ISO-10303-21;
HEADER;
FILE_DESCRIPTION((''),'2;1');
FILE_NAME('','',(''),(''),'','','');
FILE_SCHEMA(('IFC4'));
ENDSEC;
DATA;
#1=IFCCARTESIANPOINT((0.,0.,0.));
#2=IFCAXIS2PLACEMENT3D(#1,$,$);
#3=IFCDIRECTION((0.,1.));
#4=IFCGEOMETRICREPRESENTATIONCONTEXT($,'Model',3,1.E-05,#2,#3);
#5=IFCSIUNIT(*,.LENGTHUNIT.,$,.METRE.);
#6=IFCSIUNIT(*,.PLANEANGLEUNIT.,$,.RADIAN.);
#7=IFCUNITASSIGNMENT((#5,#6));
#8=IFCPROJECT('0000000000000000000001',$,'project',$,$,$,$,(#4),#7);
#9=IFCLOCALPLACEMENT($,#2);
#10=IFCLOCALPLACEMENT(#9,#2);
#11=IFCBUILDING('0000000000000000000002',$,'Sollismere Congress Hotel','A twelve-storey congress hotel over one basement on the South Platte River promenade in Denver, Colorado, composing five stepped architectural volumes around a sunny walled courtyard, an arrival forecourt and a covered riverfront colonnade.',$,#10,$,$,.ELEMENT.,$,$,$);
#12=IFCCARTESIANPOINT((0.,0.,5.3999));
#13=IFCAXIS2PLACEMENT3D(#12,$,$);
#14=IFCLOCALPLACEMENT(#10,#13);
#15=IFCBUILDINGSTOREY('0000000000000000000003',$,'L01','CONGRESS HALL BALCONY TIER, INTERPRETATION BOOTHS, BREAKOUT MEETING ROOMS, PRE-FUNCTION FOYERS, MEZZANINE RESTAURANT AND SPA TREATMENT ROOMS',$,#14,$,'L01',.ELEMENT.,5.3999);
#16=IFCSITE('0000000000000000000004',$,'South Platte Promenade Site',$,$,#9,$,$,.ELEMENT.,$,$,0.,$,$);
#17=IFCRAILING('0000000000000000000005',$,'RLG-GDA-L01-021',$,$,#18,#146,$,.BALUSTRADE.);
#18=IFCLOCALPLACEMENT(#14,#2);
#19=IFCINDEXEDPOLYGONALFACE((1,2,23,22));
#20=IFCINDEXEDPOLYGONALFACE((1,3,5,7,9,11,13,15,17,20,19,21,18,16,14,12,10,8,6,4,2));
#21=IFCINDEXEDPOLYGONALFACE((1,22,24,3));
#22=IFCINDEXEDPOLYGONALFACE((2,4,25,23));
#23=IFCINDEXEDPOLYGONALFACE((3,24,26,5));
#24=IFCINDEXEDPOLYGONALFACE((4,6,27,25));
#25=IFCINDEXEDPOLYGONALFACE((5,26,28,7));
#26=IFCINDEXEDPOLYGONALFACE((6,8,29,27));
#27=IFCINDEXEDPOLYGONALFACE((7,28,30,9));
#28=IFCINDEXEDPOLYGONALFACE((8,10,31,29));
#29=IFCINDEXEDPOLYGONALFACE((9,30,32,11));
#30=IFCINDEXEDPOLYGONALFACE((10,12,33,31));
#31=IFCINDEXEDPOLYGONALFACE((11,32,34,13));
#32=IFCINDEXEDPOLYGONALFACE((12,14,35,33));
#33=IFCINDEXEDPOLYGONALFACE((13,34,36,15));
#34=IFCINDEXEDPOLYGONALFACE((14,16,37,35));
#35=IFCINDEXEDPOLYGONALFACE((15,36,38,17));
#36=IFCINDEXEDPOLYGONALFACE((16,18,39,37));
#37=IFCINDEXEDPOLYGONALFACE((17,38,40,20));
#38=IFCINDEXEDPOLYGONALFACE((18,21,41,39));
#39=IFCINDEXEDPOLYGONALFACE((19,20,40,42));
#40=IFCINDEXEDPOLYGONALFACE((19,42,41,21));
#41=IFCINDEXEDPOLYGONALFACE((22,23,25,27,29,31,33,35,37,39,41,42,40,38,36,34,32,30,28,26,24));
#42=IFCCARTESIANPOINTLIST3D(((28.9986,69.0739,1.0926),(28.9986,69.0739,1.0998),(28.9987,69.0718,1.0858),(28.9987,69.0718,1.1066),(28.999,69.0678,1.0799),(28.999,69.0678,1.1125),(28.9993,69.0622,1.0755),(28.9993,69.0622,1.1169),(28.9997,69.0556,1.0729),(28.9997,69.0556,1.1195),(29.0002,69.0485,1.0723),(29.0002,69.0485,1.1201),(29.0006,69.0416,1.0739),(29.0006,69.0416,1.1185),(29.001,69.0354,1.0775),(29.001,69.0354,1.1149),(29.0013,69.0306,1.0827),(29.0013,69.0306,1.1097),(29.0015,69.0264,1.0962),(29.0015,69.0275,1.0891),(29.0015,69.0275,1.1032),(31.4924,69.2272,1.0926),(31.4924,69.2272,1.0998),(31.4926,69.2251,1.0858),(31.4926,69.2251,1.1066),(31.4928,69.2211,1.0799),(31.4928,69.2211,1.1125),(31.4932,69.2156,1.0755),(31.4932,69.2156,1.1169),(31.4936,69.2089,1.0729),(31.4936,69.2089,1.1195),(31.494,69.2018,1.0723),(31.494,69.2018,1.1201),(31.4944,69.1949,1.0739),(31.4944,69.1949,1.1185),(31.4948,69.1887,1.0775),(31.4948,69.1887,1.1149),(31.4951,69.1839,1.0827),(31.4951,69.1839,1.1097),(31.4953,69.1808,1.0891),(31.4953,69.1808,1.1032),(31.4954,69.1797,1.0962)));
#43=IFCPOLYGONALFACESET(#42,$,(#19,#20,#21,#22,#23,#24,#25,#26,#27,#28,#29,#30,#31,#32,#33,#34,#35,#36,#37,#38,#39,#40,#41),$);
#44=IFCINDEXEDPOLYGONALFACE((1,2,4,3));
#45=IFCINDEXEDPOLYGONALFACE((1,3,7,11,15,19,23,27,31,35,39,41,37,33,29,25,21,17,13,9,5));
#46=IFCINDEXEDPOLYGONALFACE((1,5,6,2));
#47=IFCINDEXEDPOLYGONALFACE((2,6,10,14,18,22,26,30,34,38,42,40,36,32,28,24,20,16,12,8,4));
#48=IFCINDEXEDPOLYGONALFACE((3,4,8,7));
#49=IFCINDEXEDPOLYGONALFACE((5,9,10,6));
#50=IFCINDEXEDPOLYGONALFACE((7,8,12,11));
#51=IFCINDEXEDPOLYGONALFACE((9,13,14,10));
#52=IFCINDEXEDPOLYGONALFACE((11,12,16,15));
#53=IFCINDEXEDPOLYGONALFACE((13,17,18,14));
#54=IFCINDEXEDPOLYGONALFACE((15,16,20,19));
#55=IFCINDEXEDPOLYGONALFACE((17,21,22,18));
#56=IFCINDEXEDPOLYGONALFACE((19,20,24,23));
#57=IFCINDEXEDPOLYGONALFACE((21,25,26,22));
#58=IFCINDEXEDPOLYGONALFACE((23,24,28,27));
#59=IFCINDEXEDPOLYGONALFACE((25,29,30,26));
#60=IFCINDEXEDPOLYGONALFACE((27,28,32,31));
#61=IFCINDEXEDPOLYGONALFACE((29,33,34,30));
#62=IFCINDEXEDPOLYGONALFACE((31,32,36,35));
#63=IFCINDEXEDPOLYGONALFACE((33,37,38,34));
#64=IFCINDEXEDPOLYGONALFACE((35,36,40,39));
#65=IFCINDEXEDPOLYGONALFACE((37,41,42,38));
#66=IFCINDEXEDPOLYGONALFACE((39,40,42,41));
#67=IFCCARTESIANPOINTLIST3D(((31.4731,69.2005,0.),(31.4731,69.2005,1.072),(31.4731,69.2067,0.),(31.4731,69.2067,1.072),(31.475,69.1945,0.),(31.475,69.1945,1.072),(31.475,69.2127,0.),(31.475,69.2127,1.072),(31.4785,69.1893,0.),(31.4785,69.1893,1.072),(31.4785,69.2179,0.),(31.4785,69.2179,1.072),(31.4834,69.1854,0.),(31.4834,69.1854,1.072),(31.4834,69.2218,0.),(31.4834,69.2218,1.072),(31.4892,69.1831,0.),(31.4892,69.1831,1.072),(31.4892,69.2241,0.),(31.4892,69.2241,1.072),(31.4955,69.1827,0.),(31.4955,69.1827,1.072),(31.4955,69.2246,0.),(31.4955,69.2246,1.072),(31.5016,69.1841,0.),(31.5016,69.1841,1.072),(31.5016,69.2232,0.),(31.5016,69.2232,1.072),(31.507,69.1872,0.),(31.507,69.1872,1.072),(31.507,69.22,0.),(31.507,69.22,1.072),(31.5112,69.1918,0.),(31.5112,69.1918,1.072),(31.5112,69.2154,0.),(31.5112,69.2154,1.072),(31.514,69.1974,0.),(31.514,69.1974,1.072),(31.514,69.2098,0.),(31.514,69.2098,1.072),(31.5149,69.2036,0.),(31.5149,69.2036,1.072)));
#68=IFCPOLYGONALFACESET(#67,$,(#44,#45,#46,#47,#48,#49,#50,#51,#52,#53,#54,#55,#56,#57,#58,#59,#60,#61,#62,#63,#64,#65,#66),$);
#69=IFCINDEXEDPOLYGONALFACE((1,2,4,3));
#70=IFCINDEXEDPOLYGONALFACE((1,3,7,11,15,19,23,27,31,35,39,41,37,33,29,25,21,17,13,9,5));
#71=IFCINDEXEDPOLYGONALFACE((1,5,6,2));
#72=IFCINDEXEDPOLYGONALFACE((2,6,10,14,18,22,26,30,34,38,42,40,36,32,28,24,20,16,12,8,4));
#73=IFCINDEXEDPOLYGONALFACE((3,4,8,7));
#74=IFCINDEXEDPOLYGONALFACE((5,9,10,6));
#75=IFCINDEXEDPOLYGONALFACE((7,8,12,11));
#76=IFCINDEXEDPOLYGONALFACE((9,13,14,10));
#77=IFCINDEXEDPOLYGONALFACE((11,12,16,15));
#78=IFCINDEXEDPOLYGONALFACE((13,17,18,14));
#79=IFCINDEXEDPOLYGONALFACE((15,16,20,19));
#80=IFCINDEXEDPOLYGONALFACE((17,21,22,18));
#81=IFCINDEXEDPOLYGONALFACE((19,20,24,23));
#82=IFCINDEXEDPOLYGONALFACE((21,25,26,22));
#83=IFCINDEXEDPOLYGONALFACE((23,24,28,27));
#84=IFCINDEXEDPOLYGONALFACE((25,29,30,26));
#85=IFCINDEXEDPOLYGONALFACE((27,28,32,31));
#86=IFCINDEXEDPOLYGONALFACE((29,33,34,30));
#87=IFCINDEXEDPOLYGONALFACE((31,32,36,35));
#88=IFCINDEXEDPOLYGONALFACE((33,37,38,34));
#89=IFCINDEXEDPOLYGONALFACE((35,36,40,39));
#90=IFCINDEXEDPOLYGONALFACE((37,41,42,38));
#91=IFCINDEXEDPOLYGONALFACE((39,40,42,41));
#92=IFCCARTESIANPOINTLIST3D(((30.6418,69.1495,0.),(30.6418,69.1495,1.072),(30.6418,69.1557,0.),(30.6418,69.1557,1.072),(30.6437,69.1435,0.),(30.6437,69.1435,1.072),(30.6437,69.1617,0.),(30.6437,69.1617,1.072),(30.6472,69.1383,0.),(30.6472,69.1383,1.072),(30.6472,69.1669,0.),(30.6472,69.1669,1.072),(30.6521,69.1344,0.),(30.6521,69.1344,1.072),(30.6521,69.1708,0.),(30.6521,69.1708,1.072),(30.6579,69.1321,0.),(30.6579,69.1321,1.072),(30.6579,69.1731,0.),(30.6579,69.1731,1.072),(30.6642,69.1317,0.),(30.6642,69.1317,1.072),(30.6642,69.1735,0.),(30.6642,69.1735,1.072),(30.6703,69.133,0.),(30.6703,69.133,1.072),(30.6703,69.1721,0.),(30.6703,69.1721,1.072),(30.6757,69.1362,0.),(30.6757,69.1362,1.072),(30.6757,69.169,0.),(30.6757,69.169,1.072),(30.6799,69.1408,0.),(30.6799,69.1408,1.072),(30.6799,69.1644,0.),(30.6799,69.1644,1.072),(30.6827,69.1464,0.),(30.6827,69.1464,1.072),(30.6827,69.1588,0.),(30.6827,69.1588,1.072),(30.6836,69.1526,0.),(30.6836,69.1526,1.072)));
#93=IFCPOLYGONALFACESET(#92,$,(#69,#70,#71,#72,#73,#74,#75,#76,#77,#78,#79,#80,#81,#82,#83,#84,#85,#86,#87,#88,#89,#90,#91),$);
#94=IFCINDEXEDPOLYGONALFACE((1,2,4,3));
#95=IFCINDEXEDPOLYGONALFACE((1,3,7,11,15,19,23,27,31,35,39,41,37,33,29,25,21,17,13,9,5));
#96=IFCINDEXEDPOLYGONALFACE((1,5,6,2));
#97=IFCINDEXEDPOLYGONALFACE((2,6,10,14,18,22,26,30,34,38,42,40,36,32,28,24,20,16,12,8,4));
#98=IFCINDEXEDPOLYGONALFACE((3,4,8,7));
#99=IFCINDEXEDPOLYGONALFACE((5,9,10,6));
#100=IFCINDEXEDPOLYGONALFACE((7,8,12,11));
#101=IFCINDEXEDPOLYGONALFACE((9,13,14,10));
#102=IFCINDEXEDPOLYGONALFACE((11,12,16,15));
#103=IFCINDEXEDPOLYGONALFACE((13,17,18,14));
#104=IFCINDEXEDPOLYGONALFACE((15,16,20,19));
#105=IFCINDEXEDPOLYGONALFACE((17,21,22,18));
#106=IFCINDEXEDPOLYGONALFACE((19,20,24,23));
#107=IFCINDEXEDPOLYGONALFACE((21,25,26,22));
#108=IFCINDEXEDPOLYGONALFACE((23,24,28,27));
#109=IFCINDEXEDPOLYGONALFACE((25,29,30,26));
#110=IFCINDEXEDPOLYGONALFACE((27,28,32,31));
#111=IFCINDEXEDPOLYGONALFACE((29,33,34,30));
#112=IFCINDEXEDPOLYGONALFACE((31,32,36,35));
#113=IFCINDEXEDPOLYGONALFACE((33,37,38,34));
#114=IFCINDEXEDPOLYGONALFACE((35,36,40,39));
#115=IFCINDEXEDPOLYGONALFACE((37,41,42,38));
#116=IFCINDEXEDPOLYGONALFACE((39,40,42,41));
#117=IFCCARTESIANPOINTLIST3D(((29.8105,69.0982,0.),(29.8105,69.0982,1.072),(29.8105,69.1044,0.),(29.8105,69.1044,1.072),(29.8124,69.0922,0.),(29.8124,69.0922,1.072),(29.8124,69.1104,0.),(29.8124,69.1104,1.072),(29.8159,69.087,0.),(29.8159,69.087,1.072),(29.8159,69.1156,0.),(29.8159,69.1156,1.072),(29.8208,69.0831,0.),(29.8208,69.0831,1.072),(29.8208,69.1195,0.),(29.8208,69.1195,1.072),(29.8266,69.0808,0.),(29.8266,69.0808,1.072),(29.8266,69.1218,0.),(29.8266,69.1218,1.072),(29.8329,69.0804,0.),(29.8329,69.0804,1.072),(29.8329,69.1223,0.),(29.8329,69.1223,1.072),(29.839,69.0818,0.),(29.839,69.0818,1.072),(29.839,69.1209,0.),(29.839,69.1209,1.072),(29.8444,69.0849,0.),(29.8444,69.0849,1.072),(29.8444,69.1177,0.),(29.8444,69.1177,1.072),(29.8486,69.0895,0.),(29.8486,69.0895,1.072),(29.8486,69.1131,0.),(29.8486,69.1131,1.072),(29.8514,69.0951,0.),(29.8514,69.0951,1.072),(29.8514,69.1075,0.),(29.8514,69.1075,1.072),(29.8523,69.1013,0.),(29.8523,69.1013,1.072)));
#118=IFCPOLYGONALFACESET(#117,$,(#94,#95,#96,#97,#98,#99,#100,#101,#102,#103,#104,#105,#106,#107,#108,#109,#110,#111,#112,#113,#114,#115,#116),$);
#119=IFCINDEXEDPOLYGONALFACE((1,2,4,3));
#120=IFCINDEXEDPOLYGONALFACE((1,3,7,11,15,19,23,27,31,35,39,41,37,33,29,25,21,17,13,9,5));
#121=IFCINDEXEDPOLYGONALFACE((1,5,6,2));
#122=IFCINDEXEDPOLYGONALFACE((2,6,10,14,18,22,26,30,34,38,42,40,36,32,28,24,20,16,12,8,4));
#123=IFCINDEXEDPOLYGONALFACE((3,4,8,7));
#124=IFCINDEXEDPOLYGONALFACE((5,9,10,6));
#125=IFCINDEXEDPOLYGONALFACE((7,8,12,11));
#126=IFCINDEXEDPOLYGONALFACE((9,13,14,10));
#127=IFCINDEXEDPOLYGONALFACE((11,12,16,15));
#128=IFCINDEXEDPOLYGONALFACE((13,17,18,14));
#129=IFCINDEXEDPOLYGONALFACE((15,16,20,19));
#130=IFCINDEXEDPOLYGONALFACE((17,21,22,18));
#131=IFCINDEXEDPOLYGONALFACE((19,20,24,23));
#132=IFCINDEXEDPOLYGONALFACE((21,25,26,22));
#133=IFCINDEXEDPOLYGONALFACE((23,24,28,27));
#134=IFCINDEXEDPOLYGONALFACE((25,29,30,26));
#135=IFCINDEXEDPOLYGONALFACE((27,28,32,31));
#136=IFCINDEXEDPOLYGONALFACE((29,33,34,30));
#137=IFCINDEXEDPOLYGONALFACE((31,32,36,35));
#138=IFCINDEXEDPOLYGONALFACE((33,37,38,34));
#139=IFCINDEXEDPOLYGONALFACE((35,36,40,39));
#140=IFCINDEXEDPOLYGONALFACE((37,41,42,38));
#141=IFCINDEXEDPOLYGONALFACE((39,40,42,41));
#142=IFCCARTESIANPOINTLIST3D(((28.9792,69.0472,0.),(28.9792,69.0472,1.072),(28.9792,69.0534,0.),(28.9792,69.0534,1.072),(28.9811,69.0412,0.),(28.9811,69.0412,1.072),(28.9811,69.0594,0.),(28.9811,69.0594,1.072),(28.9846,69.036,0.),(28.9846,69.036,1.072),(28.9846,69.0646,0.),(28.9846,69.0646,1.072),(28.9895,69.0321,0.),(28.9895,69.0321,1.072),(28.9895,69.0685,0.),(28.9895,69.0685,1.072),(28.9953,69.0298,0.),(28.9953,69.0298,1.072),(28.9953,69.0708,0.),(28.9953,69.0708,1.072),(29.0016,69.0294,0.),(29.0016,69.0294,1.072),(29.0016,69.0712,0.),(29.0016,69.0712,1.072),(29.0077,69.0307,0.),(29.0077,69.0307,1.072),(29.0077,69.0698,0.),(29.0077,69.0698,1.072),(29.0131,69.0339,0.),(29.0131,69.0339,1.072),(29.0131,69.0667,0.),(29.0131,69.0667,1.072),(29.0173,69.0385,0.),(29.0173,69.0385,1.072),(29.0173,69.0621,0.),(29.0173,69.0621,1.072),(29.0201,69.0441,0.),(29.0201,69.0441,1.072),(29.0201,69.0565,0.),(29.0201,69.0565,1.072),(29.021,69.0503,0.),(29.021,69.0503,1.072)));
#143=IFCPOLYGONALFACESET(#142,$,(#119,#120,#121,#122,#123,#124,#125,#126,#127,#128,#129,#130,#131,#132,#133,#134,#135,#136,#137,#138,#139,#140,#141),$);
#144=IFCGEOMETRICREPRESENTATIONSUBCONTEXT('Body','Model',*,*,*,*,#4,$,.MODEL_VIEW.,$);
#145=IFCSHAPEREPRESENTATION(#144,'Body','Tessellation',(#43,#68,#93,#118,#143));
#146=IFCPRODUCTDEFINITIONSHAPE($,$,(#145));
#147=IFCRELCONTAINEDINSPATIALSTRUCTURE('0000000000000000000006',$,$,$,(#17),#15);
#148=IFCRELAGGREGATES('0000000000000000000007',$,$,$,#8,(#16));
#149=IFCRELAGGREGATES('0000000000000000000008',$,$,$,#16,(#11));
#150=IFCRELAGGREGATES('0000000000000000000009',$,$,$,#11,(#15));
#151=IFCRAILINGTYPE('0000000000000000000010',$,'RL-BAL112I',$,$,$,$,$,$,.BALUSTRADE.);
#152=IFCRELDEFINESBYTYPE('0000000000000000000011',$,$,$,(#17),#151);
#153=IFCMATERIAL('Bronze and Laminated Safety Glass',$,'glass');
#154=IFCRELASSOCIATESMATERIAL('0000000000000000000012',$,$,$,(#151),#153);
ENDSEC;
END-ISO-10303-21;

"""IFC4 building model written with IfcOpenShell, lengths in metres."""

from ifc_helpers import new_model, si_unit, direction, frame, origin, origin_2d, place, context, subcontext, project, spatial, circle, extrude, material, type_object, element, save


model = new_model("IFC4")

# Units and contexts
model_context = context("Model", 3, precision=1e-05, world=origin(), true_north=direction((0.0, 1.0)))
body_context = subcontext(model_context, "Body", "Model", "MODEL_VIEW")
ifc_project = project(units=[si_unit("LENGTHUNIT", "METRE"), si_unit("PLANEANGLEUNIT", "RADIAN")], contexts=[model_context])

# Site, building, storey
site_placement = place(None, origin())
site = spatial("IfcSite", under=ifc_project, at=site_placement, Name="South Platte Promenade Site", CompositionType="ELEMENT", RefElevation=0.0)
building_placement = place(site_placement, origin())
building = spatial("IfcBuilding", under=site, at=building_placement, Name="Sollismere Congress Hotel", Description="A twelve-storey congress hotel over one basement on the South Platte River promenade in Denver, Colorado, composing five stepped architectural volumes around a sunny walled courtyard, an arrival forecourt and a covered riverfront colonnade.", CompositionType="ELEMENT")
storey_placement = place(building_placement, frame((0.0, 0.0, 5.3999)))
storey = spatial("IfcBuildingStorey", under=building, at=storey_placement, Name="L01", Description="CONGRESS HALL BALCONY TIER, INTERPRETATION BOOTHS, BREAKOUT MEETING ROOMS, PRE-FUNCTION FOYERS, MEZZANINE RESTAURANT AND SPA TREATMENT ROOMS", LongName="L01", CompositionType="ELEMENT", Elevation=5.3999)

# Railing
ifc_material_1 = material(Name="Bronze and Laminated Safety Glass", Category="glass")
railing_type = type_object("IfcRailingType", Name="RL-BAL112I", PredefinedType="BALUSTRADE", material=ifc_material_1)
railing_1_placement = place(storey_placement, frame((31.4939, 69.2036, 0.0)))
element("IfcRailing", 1, at=railing_1_placement, inside=storey, type_object=railing_type, Name="RLG-GDA-L01-021", PredefinedType="BALUSTRADE", context=body_context, shape_type="SweptSolid", body=[
    extrude(circle(Radius=0.0239, at=origin_2d()), frame((0.0, 0.0, 1.0962), z_axis=(-0.998116, -0.061362, 0.0), x_axis=(0.061362, -0.998116, 0.0)), (0.0, 0.0, 1.0), 2.4985),
    extrude(circle(Radius=0.021, at=origin_2d()), origin(), (0.0, 0.0, 1.0), 1.072),
    extrude(circle(Radius=0.021, at=origin_2d()), frame((-0.8313, -0.051, 0.0)), (0.0, 0.0, 1.0), 1.072),
    extrude(circle(Radius=0.021, at=origin_2d()), frame((-1.6626, -0.1023, 0.0)), (0.0, 0.0, 1.0), 1.072),
    extrude(circle(Radius=0.021, at=origin_2d()), frame((-2.4939, -0.1533, 0.0)), (0.0, 0.0, 1.0), 1.072),
])

save(model, "model.ifc")
